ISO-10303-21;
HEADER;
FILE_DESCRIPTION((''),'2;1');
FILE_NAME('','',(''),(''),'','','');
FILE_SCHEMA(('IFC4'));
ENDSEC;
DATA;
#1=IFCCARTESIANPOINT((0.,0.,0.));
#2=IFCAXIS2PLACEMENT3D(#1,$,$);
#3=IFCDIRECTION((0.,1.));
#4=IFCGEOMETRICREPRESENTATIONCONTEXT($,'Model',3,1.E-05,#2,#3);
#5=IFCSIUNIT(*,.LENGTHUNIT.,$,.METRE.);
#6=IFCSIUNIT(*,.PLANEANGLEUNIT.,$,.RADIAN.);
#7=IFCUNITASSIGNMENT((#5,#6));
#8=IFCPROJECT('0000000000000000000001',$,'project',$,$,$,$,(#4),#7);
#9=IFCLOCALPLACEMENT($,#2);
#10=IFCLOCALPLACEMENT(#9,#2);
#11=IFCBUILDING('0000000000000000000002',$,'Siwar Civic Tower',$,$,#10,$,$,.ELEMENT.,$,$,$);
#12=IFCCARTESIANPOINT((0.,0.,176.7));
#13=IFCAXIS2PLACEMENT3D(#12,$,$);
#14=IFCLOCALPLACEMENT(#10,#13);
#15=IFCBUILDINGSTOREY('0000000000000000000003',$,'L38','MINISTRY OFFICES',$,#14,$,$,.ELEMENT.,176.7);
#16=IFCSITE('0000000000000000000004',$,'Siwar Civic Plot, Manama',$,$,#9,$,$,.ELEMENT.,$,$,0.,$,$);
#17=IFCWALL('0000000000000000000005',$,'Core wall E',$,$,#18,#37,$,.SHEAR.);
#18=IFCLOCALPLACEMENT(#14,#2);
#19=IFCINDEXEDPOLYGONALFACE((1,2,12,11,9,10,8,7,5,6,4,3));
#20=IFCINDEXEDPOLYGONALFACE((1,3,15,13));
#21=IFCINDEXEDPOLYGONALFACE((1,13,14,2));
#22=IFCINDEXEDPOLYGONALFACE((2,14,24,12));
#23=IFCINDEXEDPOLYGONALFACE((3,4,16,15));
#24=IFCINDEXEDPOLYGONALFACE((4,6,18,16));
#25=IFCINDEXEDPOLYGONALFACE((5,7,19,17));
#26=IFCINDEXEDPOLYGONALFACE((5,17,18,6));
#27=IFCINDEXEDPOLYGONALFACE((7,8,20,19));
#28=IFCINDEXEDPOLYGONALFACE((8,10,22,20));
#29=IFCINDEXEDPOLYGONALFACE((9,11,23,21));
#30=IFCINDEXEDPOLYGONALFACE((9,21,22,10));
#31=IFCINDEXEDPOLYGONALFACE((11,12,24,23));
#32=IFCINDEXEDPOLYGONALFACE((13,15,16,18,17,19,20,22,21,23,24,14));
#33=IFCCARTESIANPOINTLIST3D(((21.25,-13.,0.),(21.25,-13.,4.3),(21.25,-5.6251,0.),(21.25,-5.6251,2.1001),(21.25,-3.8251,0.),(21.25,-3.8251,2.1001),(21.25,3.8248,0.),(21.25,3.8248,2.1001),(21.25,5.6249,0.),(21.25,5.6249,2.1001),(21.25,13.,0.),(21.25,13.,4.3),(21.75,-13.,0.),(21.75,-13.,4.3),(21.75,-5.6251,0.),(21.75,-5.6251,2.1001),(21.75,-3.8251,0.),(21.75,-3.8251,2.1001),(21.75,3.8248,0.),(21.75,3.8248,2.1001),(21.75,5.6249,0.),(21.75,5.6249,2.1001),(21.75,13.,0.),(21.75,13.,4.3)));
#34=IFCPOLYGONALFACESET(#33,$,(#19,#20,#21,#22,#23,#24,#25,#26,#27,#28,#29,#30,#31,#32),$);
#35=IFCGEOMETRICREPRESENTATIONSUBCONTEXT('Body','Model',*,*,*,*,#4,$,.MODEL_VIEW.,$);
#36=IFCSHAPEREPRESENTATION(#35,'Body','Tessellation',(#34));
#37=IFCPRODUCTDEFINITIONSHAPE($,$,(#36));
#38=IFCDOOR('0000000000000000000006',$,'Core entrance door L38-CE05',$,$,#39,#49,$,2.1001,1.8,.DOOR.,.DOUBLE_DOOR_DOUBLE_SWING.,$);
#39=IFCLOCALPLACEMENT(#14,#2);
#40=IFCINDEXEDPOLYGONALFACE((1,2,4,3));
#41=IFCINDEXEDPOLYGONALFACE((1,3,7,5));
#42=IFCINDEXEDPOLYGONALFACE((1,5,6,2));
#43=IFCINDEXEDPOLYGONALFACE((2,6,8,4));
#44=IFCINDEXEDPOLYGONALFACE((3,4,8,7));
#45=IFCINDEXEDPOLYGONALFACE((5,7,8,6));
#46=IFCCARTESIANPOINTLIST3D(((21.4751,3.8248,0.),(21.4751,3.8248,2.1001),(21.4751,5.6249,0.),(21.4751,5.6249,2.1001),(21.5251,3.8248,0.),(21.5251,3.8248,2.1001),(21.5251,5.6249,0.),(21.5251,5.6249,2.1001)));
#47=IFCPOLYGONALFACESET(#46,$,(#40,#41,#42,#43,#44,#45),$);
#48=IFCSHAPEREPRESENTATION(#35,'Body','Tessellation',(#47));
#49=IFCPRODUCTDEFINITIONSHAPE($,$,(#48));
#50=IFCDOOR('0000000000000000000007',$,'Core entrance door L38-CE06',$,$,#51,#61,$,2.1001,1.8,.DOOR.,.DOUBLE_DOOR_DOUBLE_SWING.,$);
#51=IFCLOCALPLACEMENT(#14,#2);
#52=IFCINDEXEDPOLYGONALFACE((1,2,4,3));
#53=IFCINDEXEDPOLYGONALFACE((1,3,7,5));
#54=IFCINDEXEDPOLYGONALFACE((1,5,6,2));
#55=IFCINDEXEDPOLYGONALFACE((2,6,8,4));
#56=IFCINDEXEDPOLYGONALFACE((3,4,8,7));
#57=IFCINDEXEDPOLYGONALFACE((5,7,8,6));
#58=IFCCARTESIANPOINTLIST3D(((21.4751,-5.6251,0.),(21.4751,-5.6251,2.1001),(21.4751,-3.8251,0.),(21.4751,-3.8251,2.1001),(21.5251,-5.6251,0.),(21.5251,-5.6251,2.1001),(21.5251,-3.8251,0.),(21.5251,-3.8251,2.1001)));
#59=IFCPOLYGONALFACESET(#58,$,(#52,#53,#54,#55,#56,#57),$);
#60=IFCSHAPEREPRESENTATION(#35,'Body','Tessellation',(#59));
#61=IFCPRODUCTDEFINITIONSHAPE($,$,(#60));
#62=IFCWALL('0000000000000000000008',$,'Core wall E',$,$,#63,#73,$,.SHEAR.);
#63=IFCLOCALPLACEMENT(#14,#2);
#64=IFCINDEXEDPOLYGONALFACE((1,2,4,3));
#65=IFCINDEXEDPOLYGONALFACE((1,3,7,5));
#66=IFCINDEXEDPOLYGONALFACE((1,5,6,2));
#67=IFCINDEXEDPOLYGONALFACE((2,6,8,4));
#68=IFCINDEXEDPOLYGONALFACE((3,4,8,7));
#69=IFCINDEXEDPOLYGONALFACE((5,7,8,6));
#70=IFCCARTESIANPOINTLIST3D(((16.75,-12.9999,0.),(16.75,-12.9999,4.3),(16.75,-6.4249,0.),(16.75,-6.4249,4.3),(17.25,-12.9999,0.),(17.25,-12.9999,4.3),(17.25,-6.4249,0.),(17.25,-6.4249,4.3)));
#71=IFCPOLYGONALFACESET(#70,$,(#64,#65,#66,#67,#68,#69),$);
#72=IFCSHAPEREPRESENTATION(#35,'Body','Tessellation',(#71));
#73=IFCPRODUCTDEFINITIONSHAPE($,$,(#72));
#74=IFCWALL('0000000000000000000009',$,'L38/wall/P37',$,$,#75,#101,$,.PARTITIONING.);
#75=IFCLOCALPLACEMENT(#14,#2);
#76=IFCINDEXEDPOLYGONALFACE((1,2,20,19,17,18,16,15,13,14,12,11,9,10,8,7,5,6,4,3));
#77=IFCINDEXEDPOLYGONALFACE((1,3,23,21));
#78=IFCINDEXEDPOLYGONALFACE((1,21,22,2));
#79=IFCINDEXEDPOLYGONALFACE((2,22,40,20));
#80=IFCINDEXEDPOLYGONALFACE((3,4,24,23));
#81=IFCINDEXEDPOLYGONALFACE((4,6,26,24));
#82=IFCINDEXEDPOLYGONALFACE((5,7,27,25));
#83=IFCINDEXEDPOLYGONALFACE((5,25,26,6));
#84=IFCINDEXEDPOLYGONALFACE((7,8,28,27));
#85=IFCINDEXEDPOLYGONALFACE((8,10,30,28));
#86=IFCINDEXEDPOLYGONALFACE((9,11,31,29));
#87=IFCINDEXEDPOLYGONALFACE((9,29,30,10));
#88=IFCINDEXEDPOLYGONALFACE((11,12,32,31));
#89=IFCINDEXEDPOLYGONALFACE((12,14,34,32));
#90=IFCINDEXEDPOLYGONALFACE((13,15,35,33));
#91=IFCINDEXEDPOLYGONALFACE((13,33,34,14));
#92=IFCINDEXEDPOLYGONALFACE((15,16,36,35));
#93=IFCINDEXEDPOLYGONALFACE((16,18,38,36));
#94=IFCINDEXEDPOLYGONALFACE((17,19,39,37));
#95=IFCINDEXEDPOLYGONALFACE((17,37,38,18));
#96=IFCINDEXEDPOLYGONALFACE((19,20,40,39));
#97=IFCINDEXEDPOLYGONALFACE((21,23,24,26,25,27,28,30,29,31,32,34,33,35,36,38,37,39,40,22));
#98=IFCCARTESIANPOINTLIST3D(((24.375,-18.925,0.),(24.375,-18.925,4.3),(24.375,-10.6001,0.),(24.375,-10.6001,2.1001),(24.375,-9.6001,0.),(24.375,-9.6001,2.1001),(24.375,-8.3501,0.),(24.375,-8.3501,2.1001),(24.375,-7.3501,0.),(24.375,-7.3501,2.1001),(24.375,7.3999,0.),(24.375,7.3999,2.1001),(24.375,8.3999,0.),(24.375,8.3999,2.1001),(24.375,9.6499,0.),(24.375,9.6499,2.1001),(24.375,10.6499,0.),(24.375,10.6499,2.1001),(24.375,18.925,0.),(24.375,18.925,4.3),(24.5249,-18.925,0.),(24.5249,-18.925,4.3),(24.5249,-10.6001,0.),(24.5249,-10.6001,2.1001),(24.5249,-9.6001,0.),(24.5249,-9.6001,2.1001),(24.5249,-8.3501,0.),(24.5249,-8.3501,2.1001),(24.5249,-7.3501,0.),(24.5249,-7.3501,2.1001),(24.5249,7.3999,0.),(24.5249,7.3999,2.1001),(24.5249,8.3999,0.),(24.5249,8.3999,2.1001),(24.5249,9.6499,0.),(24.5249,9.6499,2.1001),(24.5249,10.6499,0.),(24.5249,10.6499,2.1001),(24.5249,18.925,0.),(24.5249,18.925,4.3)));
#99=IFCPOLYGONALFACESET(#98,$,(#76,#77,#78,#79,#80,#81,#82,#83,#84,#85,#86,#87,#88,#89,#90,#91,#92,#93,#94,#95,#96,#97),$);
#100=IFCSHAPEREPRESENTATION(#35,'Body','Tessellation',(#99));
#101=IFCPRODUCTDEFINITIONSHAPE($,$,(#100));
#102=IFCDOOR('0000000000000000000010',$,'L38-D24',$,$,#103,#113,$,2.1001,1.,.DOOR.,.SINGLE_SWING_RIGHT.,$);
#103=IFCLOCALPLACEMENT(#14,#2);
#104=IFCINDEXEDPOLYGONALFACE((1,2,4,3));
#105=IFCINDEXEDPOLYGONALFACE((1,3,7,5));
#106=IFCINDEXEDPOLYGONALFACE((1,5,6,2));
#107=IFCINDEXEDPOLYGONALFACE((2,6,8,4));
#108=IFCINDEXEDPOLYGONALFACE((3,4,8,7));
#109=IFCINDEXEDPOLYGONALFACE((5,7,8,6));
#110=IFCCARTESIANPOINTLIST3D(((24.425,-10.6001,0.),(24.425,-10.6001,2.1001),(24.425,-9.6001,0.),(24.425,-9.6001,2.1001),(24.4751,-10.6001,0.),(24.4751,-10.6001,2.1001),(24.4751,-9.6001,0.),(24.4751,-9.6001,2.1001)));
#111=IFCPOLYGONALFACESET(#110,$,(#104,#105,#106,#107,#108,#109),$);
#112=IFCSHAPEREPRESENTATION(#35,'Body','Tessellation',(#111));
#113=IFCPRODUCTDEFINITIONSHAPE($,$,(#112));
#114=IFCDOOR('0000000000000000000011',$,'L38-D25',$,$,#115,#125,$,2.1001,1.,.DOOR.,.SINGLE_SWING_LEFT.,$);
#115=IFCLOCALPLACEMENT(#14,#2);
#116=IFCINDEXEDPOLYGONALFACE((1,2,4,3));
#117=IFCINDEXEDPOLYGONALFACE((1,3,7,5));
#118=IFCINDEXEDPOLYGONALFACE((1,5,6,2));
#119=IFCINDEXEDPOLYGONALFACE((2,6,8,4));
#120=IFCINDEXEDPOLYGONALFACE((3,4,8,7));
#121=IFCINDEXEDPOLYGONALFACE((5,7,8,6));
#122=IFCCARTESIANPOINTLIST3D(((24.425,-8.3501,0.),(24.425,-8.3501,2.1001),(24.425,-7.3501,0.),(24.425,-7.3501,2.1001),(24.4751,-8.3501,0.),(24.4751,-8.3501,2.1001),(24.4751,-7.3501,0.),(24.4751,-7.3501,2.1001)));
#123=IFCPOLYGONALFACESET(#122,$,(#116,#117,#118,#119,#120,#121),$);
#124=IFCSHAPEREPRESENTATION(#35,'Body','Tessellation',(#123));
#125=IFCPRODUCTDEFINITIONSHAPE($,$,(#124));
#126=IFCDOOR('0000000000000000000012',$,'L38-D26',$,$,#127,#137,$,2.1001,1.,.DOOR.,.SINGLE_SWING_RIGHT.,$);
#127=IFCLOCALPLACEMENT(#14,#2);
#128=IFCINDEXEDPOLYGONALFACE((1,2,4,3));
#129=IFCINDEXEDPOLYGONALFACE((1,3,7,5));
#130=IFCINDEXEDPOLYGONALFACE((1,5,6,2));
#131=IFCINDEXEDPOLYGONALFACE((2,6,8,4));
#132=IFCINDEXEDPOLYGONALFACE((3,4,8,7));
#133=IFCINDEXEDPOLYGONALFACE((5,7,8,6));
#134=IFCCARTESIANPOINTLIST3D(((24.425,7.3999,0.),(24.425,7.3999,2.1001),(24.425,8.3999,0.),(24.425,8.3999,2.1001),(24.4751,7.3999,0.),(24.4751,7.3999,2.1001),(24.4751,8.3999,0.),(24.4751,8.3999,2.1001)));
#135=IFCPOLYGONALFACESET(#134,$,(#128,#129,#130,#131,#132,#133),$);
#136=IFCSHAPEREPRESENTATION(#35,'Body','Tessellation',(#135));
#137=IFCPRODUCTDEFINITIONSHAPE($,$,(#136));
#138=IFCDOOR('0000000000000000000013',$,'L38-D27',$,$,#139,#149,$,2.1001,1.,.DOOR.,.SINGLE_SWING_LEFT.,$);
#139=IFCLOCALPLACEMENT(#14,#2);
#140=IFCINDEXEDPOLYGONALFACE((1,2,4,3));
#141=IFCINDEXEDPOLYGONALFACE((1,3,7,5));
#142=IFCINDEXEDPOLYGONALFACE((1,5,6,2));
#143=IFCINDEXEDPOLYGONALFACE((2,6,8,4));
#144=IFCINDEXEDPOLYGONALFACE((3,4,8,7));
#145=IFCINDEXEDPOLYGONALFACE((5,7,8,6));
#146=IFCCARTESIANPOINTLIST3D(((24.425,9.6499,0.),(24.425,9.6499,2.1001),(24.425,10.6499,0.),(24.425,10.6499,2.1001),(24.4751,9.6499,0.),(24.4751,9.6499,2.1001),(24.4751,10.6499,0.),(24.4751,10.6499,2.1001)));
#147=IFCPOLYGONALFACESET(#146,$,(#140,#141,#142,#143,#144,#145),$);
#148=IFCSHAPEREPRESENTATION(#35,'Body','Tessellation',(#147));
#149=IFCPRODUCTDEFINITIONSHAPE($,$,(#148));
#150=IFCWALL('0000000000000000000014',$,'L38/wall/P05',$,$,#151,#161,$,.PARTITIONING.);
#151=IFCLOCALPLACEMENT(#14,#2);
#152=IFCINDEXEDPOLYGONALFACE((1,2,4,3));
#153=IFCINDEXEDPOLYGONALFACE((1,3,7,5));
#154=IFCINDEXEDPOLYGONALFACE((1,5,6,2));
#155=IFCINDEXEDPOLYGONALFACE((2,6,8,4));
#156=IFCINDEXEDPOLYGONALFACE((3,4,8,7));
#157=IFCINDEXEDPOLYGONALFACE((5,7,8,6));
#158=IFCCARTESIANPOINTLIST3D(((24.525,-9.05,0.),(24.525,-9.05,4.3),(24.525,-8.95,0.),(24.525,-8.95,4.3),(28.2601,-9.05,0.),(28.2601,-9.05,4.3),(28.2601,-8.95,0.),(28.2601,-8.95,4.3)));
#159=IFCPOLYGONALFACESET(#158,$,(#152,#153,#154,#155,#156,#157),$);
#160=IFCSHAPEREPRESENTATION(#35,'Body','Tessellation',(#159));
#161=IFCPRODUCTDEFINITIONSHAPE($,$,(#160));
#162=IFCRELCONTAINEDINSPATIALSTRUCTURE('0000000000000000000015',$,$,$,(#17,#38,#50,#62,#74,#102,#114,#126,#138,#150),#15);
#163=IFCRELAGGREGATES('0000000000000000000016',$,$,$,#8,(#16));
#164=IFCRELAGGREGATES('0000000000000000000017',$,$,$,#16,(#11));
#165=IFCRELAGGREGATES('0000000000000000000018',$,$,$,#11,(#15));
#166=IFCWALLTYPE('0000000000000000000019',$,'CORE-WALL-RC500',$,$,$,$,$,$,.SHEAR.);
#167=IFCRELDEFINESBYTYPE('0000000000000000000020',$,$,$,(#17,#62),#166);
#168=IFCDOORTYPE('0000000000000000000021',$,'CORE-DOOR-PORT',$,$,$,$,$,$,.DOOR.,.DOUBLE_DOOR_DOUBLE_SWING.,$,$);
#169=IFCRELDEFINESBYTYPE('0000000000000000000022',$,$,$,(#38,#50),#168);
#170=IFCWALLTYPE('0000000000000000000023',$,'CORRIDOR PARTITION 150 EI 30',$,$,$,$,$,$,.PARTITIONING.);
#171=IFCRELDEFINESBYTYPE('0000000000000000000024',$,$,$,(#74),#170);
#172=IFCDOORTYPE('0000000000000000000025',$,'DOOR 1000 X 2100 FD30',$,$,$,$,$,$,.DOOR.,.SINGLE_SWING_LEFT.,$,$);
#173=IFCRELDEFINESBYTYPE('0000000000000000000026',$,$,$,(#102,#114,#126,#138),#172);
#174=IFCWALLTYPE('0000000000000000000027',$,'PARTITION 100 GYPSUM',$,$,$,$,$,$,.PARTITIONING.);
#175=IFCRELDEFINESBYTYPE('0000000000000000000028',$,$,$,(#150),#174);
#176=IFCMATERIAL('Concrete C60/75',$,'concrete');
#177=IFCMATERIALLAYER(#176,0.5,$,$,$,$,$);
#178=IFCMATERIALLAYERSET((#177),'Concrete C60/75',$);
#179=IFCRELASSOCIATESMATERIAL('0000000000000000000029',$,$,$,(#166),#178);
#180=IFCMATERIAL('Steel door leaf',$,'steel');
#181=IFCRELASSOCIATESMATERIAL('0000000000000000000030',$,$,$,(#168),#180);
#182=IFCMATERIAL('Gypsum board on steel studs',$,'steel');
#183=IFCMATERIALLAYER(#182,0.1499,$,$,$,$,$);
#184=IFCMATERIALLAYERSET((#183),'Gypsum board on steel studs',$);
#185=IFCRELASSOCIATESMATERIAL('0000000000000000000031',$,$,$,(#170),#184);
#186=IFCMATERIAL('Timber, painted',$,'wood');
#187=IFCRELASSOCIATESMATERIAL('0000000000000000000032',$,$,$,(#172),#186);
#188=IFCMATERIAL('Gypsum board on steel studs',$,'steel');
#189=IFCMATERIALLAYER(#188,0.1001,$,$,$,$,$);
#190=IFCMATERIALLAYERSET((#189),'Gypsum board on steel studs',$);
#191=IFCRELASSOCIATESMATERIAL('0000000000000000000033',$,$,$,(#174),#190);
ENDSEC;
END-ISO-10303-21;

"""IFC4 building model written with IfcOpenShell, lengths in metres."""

from ifc_helpers import new_model, si_unit, direction, frame, frame_2d, origin, place, context, subcontext, project, spatial, rectangle, extrude, material, layer, layer_set, type_object, element, fill, save


model = new_model("IFC4")

# Units and contexts
model_context = context("Model", 3, precision=1e-05, world=origin(), true_north=direction((0.0, 1.0)))
body_context = subcontext(model_context, "Body", "Model", "MODEL_VIEW")
ifc_project = project(units=[si_unit("LENGTHUNIT", "METRE"), si_unit("PLANEANGLEUNIT", "RADIAN")], contexts=[model_context])

# Site, building, storey
site_placement = place(None, origin())
site = spatial("IfcSite", under=ifc_project, at=site_placement, Name="Siwar Civic Plot, Manama", CompositionType="ELEMENT", RefElevation=0.0)
building_placement = place(site_placement, origin())
building = spatial("IfcBuilding", under=site, at=building_placement, Name="Siwar Civic Tower", CompositionType="ELEMENT")
storey_placement = place(building_placement, frame((0.0, 0.0, 176.7)))
storey = spatial("IfcBuildingStorey", under=building, at=storey_placement, Name="L38", Description="MINISTRY OFFICES", CompositionType="ELEMENT", Elevation=176.7)

# Wall, openings, doors
ifc_material_1 = material(Name="Concrete C60/75", Category="concrete")
ifc_layer_1 = layer(ifc_material_1, 0.5)
ifc_layer_set_1 = layer_set([ifc_layer_1], Name="Concrete C60/75")
wall_type_1 = type_object("IfcWallType", Name="CORE-WALL-RC500", PredefinedType="SHEAR", material=ifc_layer_set_1)
wall_1_placement = place(storey_placement, frame((21.5, -13.0, 0.0), z_axis=(0.0, 0.0, 1.0), x_axis=(0.0, 1.0, 0.0)))
wall_1 = element("IfcWall", 1, at=wall_1_placement, inside=storey, type_object=wall_type_1, Name="Core wall E", PredefinedType="SHEAR", context=body_context, shape_type="SweptSolid", body=[
    extrude(rectangle(XDim=26.0, YDim=0.5, at=frame_2d((13.0, 0.0))), origin(), (0.0, 0.0, 1.0), 4.3),
])
opening_1_placement = place(wall_1_placement, frame((16.825, 0.0, 0.0)))
opening_1 = element("IfcOpeningElement", 2, at=opening_1_placement, cuts=wall_1, PredefinedType="OPENING", context=body_context, shape_type="SweptSolid", body=[
    extrude(rectangle(XDim=1.8, YDim=2.1001, at=frame_2d((0.8999, 1.05))), frame((0.0, 0.26, 0.0), z_axis=(0.0, -1.0, 0.0), x_axis=(1.0, 0.0, 0.0)), (0.0, 0.0, 1.0), 0.52),
])
opening_2_placement = place(wall_1_placement, frame((7.375, 0.0, 0.0)))
opening_2 = element("IfcOpeningElement", 3, at=opening_2_placement, cuts=wall_1, PredefinedType="OPENING", context=body_context, shape_type="SweptSolid", body=[
    extrude(rectangle(XDim=1.8, YDim=2.1001, at=frame_2d((0.8999, 1.05))), frame((0.0, 0.26, 0.0), z_axis=(0.0, -1.0, 0.0), x_axis=(1.0, 0.0, 0.0)), (0.0, 0.0, 1.0), 0.52),
])
ifc_material_2 = material(Name="Steel door leaf", Category="steel")
door_type_1 = type_object("IfcDoorType", Name="CORE-DOOR-PORT", OperationType="DOUBLE_DOOR_DOUBLE_SWING", PredefinedType="DOOR", material=ifc_material_2)
door_1_placement = place(opening_1_placement, origin())
door_1 = element("IfcDoor", 4, at=door_1_placement, inside=storey, type_object=door_type_1, Name="Core entrance door L38-CE05", OperationType="DOUBLE_DOOR_DOUBLE_SWING", OverallHeight=2.1001, OverallWidth=1.8, PredefinedType="DOOR", context=body_context, shape_type="SweptSolid", body=[
    extrude(rectangle(XDim=1.8, YDim=2.1001, at=frame_2d((0.8999, 1.05))), frame((0.0, 0.0249, 0.0), z_axis=(0.0, -1.0, 0.0), x_axis=(1.0, 0.0, 0.0)), (0.0, 0.0, 1.0), 0.05),
])
fill(opening_1, door_1)
door_2_placement = place(opening_2_placement, origin())
door_2 = element("IfcDoor", 5, at=door_2_placement, inside=storey, type_object=door_type_1, Name="Core entrance door L38-CE06", OperationType="DOUBLE_DOOR_DOUBLE_SWING", OverallHeight=2.1001, OverallWidth=1.8, PredefinedType="DOOR", context=body_context, shape_type="SweptSolid", body=[
    extrude(rectangle(XDim=1.8, YDim=2.1001, at=frame_2d((0.8999, 1.05))), frame((0.0, 0.0249, 0.0), z_axis=(0.0, -1.0, 0.0), x_axis=(1.0, 0.0, 0.0)), (0.0, 0.0, 1.0), 0.05),
])
fill(opening_2, door_2)

# Wall
wall_2_placement = place(storey_placement, frame((17.0, -13.0, 0.0), z_axis=(0.0, 0.0, 1.0), x_axis=(0.0, 1.0, 0.0)))
element("IfcWall", 6, at=wall_2_placement, inside=storey, type_object=wall_type_1, Name="Core wall E", PredefinedType="SHEAR", context=body_context, shape_type="SweptSolid", body=[
    extrude(rectangle(XDim=6.575, YDim=0.5, at=frame_2d((3.2876, 0.0))), origin(), (0.0, 0.0, 1.0), 4.3),
])

# Wall, openings, doors
ifc_material_3 = material(Name="Gypsum board on steel studs", Category="steel")
ifc_layer_2 = layer(ifc_material_3, 0.1499)
ifc_layer_set_2 = layer_set([ifc_layer_2], Name="Gypsum board on steel studs")
wall_type_2 = type_object("IfcWallType", Name="CORRIDOR PARTITION 150 EI 30", PredefinedType="PARTITIONING", material=ifc_layer_set_2)
wall_3_placement = place(storey_placement, frame((24.45, -18.925, 0.0), z_axis=(0.0, 0.0, 1.0), x_axis=(0.0, 1.0, 0.0)))
wall_3 = element("IfcWall", 7, at=wall_3_placement, inside=storey, type_object=wall_type_2, Name="L38/wall/P37", PredefinedType="PARTITIONING", context=body_context, shape_type="SweptSolid", body=[
    extrude(rectangle(XDim=37.8501, YDim=0.1499, at=frame_2d((18.925, 0.0))), origin(), (0.0, 0.0, 1.0), 4.3),
])
opening_3_placement = place(wall_3_placement, frame((8.325, 0.0, 0.0)))
opening_3 = element("IfcOpeningElement", 8, at=opening_3_placement, cuts=wall_3, PredefinedType="OPENING", context=body_context, shape_type="SweptSolid", body=[
    extrude(rectangle(XDim=1.0, YDim=2.1001, at=frame_2d((0.5, 1.05))), frame((0.0, 0.085, 0.0), z_axis=(0.0, -1.0, 0.0), x_axis=(1.0, 0.0, 0.0)), (0.0, 0.0, 1.0), 0.1699),
])
opening_4_placement = place(wall_3_placement, frame((10.575, 0.0, 0.0)))
opening_4 = element("IfcOpeningElement", 9, at=opening_4_placement, cuts=wall_3, PredefinedType="OPENING", context=body_context, shape_type="SweptSolid", body=[
    extrude(rectangle(XDim=1.0, YDim=2.1001, at=frame_2d((0.5, 1.05))), frame((0.0, 0.085, 0.0), z_axis=(0.0, -1.0, 0.0), x_axis=(1.0, 0.0, 0.0)), (0.0, 0.0, 1.0), 0.1699),
])
opening_5_placement = place(wall_3_placement, frame((26.325, 0.0, 0.0)))
opening_5 = element("IfcOpeningElement", 10, at=opening_5_placement, cuts=wall_3, PredefinedType="OPENING", context=body_context, shape_type="SweptSolid", body=[
    extrude(rectangle(XDim=1.0, YDim=2.1001, at=frame_2d((0.5, 1.05))), frame((0.0, 0.085, 0.0), z_axis=(0.0, -1.0, 0.0), x_axis=(1.0, 0.0, 0.0)), (0.0, 0.0, 1.0), 0.1699),
])
opening_6_placement = place(wall_3_placement, frame((28.575, 0.0, 0.0)))
opening_6 = element("IfcOpeningElement", 11, at=opening_6_placement, cuts=wall_3, PredefinedType="OPENING", context=body_context, shape_type="SweptSolid", body=[
    extrude(rectangle(XDim=1.0, YDim=2.1001, at=frame_2d((0.5, 1.05))), frame((0.0, 0.085, 0.0), z_axis=(0.0, -1.0, 0.0), x_axis=(1.0, 0.0, 0.0)), (0.0, 0.0, 1.0), 0.1699),
])
ifc_material_4 = material(Name="Timber, painted", Category="wood")
door_type_2 = type_object("IfcDoorType", Name="DOOR 1000 X 2100 FD30", OperationType="SINGLE_SWING_LEFT", PredefinedType="DOOR", material=ifc_material_4)
door_3_placement = place(opening_3_placement, origin())
door_3 = element("IfcDoor", 12, at=door_3_placement, inside=storey, type_object=door_type_2, Name="L38-D24", OperationType="SINGLE_SWING_RIGHT", OverallHeight=2.1001, OverallWidth=1.0, PredefinedType="DOOR", context=body_context, shape_type="SweptSolid", body=[
    extrude(rectangle(XDim=1.0, YDim=2.1001, at=frame_2d((0.5, 1.05))), frame((0.0, 0.0249, 0.0), z_axis=(0.0, -1.0, 0.0), x_axis=(1.0, 0.0, 0.0)), (0.0, 0.0, 1.0), 0.05),
])
fill(opening_3, door_3)
door_4_placement = place(opening_4_placement, origin())
door_4 = element("IfcDoor", 13, at=door_4_placement, inside=storey, type_object=door_type_2, Name="L38-D25", OperationType="SINGLE_SWING_LEFT", OverallHeight=2.1001, OverallWidth=1.0, PredefinedType="DOOR", context=body_context, shape_type="SweptSolid", body=[
    extrude(rectangle(XDim=1.0, YDim=2.1001, at=frame_2d((0.5, 1.05))), frame((0.0, 0.0249, 0.0), z_axis=(0.0, -1.0, 0.0), x_axis=(1.0, 0.0, 0.0)), (0.0, 0.0, 1.0), 0.05),
])
fill(opening_4, door_4)
door_5_placement = place(opening_5_placement, origin())
door_5 = element("IfcDoor", 14, at=door_5_placement, inside=storey, type_object=door_type_2, Name="L38-D26", OperationType="SINGLE_SWING_RIGHT", OverallHeight=2.1001, OverallWidth=1.0, PredefinedType="DOOR", context=body_context, shape_type="SweptSolid", body=[
    extrude(rectangle(XDim=1.0, YDim=2.1001, at=frame_2d((0.5, 1.05))), frame((0.0, 0.0249, 0.0), z_axis=(0.0, -1.0, 0.0), x_axis=(1.0, 0.0, 0.0)), (0.0, 0.0, 1.0), 0.05),
])
fill(opening_5, door_5)
door_6_placement = place(opening_6_placement, origin())
door_6 = element("IfcDoor", 15, at=door_6_placement, inside=storey, type_object=door_type_2, Name="L38-D27", OperationType="SINGLE_SWING_LEFT", OverallHeight=2.1001, OverallWidth=1.0, PredefinedType="DOOR", context=body_context, shape_type="SweptSolid", body=[
    extrude(rectangle(XDim=1.0, YDim=2.1001, at=frame_2d((0.5, 1.05))), frame((0.0, 0.0249, 0.0), z_axis=(0.0, -1.0, 0.0), x_axis=(1.0, 0.0, 0.0)), (0.0, 0.0, 1.0), 0.05),
])
fill(opening_6, door_6)

# Wall
ifc_material_5 = material(Name="Gypsum board on steel studs", Category="steel")
ifc_layer_3 = layer(ifc_material_5, 0.1001)
ifc_layer_set_3 = layer_set([ifc_layer_3], Name="Gypsum board on steel studs")
wall_type_3 = type_object("IfcWallType", Name="PARTITION 100 GYPSUM", PredefinedType="PARTITIONING", material=ifc_layer_set_3)
wall_4_placement = place(storey_placement, frame((24.5249, -9.0, 0.0), z_axis=(0.0, 0.0, 1.0), x_axis=(1.0, 0.0, 0.0)))
element("IfcWall", 16, at=wall_4_placement, inside=storey, type_object=wall_type_3, Name="L38/wall/P05", PredefinedType="PARTITIONING", context=body_context, shape_type="SweptSolid", body=[
    extrude(rectangle(XDim=3.7351, YDim=0.1001, at=frame_2d((1.8677, 0.0))), origin(), (0.0, 0.0, 1.0), 4.3),
])

save(model, "model.ifc")
